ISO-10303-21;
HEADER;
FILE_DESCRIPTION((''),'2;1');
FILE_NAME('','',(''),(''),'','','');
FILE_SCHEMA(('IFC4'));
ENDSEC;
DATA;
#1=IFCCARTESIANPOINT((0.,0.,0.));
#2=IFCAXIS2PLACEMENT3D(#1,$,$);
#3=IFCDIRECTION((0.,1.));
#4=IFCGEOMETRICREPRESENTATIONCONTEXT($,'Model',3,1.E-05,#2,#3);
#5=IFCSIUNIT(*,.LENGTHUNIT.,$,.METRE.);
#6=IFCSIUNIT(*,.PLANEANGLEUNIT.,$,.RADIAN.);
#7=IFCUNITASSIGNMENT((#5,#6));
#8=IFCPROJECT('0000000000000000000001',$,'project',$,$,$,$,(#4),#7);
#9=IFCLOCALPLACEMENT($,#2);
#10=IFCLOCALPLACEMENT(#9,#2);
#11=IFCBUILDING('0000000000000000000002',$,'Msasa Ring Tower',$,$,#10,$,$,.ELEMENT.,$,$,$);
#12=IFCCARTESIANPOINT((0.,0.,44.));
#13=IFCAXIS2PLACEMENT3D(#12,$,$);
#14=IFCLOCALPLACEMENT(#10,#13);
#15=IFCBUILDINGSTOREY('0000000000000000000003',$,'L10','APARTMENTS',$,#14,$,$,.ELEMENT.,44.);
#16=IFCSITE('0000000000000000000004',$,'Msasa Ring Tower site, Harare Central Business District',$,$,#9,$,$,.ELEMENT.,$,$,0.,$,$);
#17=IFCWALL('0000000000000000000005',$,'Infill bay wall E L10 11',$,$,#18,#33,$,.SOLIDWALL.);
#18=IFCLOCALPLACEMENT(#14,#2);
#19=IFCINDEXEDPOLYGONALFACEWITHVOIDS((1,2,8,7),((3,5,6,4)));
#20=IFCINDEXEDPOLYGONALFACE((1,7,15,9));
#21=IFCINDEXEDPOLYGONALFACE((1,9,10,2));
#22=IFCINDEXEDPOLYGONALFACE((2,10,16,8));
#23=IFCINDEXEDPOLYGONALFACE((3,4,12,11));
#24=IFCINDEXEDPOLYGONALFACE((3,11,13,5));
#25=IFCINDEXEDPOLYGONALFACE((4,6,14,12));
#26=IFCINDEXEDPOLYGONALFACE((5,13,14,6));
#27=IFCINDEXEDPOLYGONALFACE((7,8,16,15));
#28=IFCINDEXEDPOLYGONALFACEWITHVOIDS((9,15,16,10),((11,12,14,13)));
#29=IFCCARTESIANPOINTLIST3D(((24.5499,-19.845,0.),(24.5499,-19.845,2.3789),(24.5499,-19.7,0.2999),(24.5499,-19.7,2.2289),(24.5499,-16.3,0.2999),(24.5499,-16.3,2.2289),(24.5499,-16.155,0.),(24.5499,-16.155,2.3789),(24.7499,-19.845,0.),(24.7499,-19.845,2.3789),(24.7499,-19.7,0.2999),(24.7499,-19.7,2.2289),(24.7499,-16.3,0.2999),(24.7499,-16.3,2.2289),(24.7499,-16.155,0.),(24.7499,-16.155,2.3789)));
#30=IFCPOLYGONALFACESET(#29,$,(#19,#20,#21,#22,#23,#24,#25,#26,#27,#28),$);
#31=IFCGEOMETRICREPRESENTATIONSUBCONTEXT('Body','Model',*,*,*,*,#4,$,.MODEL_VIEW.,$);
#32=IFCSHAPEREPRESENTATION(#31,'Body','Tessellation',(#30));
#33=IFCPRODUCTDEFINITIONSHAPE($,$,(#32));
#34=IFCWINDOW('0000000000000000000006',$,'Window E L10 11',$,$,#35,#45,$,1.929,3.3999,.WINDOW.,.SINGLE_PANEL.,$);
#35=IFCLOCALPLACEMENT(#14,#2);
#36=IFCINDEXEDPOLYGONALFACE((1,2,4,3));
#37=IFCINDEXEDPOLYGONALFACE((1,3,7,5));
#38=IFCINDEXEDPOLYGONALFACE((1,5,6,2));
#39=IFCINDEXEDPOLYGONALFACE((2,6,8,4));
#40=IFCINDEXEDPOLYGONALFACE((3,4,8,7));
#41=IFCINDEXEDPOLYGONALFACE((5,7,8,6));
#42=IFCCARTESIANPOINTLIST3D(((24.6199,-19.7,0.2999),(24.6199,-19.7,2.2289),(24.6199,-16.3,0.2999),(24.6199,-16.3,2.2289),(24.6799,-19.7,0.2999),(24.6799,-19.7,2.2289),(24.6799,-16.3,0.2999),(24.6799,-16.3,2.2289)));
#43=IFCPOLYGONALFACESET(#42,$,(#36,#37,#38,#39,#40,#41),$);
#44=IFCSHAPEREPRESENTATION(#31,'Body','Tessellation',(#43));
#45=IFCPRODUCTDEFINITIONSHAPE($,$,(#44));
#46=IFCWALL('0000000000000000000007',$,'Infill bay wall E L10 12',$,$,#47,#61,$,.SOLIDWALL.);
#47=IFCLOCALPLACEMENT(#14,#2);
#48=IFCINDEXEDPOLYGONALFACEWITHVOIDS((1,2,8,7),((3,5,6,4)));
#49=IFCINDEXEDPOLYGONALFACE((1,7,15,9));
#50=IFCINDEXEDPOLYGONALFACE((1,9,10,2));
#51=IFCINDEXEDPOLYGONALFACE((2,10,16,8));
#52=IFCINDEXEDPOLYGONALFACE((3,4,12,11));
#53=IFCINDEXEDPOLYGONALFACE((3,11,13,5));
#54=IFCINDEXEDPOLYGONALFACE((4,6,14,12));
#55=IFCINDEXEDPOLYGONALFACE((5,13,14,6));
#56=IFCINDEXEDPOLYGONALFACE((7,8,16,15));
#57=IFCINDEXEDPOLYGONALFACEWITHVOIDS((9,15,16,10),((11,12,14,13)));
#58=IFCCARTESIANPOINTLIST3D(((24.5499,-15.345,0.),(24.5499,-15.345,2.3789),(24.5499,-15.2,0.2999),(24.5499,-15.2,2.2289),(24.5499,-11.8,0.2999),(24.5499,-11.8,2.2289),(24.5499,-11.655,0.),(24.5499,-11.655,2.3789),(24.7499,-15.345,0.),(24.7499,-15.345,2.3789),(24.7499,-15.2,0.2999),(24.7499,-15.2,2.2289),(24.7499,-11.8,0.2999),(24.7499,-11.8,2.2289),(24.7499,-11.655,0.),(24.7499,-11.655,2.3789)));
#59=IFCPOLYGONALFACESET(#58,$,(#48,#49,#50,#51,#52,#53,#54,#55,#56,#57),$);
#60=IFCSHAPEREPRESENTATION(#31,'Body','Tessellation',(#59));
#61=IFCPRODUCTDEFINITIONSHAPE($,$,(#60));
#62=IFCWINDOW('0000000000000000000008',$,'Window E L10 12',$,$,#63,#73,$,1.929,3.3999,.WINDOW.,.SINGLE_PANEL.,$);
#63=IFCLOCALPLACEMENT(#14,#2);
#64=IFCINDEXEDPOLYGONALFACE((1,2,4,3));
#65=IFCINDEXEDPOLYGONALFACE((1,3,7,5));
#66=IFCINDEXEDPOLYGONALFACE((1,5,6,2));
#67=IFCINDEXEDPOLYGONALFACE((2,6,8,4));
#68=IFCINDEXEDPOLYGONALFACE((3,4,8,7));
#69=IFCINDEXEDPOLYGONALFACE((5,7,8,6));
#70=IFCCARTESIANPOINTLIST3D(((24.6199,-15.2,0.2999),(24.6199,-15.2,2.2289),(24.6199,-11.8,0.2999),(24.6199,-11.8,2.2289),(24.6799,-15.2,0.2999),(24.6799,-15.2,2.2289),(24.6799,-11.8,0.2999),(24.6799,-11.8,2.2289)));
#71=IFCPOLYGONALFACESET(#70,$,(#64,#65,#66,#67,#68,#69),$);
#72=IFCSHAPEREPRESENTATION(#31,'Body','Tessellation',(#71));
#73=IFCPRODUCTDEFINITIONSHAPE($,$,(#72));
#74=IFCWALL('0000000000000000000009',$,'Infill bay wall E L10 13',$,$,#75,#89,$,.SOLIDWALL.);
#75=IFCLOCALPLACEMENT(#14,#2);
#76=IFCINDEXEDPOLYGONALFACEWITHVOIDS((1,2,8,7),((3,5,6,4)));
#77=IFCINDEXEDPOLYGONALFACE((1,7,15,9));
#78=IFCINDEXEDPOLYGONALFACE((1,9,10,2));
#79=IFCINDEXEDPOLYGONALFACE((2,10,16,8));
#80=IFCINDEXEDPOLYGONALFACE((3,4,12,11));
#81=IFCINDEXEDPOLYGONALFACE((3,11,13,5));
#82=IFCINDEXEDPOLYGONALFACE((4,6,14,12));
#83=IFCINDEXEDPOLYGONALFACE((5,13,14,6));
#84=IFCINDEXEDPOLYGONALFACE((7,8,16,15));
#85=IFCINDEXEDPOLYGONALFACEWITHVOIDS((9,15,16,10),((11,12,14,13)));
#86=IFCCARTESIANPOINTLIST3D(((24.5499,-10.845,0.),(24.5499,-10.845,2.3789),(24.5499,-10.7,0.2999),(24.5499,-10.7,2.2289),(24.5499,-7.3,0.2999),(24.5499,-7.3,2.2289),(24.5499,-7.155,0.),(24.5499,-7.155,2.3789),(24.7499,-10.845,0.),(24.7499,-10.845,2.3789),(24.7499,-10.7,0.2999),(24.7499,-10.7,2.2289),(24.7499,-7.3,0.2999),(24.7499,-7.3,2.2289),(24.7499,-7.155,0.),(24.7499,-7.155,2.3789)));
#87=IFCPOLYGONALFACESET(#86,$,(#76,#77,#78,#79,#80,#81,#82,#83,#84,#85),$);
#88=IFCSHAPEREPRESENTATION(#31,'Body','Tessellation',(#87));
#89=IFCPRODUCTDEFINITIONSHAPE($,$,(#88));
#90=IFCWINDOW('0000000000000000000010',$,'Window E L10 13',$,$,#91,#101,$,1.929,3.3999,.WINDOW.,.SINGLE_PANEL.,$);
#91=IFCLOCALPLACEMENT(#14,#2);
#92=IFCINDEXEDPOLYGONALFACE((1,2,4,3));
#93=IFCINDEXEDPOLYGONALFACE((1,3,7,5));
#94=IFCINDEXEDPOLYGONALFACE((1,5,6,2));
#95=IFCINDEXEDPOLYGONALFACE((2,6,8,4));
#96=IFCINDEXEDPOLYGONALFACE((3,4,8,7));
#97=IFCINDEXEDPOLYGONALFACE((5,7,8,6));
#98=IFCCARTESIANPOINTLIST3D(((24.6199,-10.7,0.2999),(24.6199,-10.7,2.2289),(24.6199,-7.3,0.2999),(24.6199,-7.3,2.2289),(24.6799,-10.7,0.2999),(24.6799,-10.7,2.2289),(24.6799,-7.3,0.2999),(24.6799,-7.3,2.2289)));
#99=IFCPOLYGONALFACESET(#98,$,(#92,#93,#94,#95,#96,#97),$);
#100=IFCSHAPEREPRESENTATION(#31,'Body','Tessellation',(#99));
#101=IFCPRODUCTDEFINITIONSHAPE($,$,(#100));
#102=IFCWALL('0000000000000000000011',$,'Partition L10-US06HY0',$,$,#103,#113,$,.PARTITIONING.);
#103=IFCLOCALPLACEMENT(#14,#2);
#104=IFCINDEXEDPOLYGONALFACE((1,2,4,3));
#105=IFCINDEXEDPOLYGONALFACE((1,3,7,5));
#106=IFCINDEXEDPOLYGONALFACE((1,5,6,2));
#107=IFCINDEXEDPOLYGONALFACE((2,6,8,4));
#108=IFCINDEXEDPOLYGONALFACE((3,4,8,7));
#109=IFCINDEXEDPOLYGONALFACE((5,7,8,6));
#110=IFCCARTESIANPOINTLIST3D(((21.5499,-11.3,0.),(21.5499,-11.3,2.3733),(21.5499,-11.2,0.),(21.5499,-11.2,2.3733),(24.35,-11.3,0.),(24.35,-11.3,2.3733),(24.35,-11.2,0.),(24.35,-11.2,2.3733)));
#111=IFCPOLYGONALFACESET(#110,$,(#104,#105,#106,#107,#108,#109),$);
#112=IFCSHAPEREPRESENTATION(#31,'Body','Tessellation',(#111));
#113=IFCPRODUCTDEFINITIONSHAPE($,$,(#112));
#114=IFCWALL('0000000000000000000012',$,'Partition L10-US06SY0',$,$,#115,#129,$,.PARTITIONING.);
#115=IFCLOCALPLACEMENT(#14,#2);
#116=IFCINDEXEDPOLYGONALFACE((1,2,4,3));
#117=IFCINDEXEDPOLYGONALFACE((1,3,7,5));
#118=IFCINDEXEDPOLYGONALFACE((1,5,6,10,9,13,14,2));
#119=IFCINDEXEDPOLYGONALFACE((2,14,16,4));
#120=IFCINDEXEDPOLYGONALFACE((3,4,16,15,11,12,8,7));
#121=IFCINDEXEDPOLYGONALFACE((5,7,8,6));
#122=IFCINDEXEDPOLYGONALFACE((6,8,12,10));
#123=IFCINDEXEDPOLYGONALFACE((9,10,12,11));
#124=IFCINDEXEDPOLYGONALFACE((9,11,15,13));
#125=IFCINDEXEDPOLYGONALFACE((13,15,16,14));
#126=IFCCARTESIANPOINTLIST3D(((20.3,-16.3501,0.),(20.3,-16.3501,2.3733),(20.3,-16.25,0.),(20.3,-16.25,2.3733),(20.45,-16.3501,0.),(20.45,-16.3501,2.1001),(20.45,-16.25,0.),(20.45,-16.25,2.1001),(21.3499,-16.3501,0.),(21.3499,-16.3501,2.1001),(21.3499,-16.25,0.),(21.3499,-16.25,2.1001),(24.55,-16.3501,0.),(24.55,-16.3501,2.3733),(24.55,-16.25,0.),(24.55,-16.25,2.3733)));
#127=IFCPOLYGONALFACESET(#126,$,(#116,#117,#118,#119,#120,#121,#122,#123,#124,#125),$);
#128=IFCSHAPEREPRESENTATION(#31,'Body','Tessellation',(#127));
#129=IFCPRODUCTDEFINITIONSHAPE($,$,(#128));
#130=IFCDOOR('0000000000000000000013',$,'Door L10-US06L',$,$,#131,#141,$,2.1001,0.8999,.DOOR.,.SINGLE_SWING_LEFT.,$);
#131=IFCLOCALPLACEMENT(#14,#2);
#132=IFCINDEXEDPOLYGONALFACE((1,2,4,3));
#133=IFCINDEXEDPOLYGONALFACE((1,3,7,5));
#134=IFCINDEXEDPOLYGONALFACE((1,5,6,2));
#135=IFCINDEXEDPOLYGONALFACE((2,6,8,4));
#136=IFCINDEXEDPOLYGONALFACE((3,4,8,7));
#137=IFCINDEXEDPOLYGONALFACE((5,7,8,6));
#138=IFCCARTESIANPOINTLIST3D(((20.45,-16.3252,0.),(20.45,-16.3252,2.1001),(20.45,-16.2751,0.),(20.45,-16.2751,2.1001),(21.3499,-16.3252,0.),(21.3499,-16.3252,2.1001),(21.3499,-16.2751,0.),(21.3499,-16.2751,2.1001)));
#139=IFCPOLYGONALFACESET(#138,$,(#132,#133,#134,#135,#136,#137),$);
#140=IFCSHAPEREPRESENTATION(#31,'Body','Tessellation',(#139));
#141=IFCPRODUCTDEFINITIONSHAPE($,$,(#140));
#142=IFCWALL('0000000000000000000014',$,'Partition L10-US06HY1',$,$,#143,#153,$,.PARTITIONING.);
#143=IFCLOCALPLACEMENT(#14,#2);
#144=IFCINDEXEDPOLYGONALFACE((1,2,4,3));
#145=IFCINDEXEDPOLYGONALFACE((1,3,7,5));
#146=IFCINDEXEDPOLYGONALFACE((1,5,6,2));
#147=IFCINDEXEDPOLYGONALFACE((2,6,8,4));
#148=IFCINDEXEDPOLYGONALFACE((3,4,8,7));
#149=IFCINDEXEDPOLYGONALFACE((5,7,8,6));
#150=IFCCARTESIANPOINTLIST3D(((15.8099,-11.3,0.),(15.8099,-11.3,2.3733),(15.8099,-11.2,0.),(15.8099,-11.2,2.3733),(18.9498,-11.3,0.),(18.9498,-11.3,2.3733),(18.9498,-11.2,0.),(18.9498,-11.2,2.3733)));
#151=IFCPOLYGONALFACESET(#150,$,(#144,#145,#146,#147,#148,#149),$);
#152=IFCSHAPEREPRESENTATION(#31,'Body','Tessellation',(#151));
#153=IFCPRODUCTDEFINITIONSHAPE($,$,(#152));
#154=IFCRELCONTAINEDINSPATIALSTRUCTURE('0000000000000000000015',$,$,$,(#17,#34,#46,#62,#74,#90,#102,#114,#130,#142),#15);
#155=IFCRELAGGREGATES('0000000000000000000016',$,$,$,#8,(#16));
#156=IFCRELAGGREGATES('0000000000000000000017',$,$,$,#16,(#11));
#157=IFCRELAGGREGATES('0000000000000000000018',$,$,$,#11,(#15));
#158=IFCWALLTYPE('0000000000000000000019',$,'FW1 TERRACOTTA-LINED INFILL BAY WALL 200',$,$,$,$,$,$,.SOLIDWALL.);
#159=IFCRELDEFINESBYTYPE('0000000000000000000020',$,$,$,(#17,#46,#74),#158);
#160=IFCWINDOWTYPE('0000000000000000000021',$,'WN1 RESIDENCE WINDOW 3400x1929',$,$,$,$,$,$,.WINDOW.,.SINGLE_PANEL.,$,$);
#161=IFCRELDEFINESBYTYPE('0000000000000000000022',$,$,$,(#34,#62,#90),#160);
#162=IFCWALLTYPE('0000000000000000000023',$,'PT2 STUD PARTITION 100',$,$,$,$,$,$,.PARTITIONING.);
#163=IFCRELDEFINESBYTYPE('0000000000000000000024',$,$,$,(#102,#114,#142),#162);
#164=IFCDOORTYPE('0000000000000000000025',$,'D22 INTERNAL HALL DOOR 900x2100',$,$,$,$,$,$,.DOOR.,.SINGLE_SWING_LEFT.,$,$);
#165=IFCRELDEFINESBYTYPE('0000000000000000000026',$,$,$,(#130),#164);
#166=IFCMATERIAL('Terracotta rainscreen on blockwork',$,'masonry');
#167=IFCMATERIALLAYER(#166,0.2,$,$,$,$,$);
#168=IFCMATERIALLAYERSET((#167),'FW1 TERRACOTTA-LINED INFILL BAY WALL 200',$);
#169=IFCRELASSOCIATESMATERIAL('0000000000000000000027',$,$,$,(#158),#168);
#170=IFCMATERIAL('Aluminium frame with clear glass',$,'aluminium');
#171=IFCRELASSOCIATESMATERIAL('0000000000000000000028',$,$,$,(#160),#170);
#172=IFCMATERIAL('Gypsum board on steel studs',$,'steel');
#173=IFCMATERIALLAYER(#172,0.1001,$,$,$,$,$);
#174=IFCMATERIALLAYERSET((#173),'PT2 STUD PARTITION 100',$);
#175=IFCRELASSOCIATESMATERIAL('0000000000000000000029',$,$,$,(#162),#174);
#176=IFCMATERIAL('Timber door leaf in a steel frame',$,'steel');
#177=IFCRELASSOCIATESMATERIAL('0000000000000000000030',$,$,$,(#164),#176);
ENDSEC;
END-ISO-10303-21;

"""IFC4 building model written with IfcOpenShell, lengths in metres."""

from ifc_helpers import new_model, si_unit, direction, frame, frame_2d, origin, place, context, subcontext, project, spatial, rectangle, extrude, material, layer, layer_set, type_object, element, fill, save


model = new_model("IFC4")

# Units and contexts
model_context = context("Model", 3, precision=1e-05, world=origin(), true_north=direction((0.0, 1.0)))
body_context = subcontext(model_context, "Body", "Model", "MODEL_VIEW")
ifc_project = project(units=[si_unit("LENGTHUNIT", "METRE"), si_unit("PLANEANGLEUNIT", "RADIAN")], contexts=[model_context])

# Site, building, storey
site_placement = place(None, origin())
site = spatial("IfcSite", under=ifc_project, at=site_placement, Name="Msasa Ring Tower site, Harare Central Business District", CompositionType="ELEMENT", RefElevation=0.0)
building_placement = place(site_placement, origin())
building = spatial("IfcBuilding", under=site, at=building_placement, Name="Msasa Ring Tower", CompositionType="ELEMENT")
storey_placement = place(building_placement, frame((0.0, 0.0, 44.0)))
storey = spatial("IfcBuildingStorey", under=building, at=storey_placement, Name="L10", Description="APARTMENTS", CompositionType="ELEMENT", Elevation=44.0)

# Walls, openings, windows
ifc_material_1 = material(Name="Terracotta rainscreen on blockwork", Category="masonry")
ifc_layer_1 = layer(ifc_material_1, 0.2)
ifc_layer_set_1 = layer_set([ifc_layer_1], Name="FW1 TERRACOTTA-LINED INFILL BAY WALL 200")
wall_type_1 = type_object("IfcWallType", Name="FW1 TERRACOTTA-LINED INFILL BAY WALL 200", PredefinedType="SOLIDWALL", material=ifc_layer_set_1)
wall_1_placement = place(storey_placement, frame((24.6499, -19.845, 0.0), z_axis=(0.0, 0.0, 1.0), x_axis=(0.0, 1.0, 0.0)))
wall_1 = element("IfcWall", 1, at=wall_1_placement, inside=storey, type_object=wall_type_1, Name="Infill bay wall E L10 11", PredefinedType="SOLIDWALL", context=body_context, shape_type="SweptSolid", body=[
    extrude(rectangle(XDim=3.6899, YDim=0.2, at=frame_2d((1.845, 0.0))), origin(), (0.0, 0.0, 1.0), 2.3789),
])
opening_1_placement = place(wall_1_placement, frame((0.145, 0.0, 0.3)))
opening_1 = element("IfcOpeningElement", 2, at=opening_1_placement, cuts=wall_1, PredefinedType="OPENING", context=body_context, shape_type="SweptSolid", body=[
    extrude(rectangle(XDim=3.3999, YDim=1.929, at=frame_2d((1.7, 0.9644))), frame((0.0, 0.1099, 0.0), z_axis=(0.0, -1.0, 0.0), x_axis=(1.0, 0.0, 0.0)), (0.0, 0.0, 1.0), 0.22),
])
ifc_material_2 = material(Name="Aluminium frame with clear glass", Category="aluminium")
window_type = type_object("IfcWindowType", Name="WN1 RESIDENCE WINDOW 3400x1929", PartitioningType="SINGLE_PANEL", PredefinedType="WINDOW", material=ifc_material_2)
window_1_placement = place(opening_1_placement, origin())
window_1 = element("IfcWindow", 3, at=window_1_placement, inside=storey, type_object=window_type, Name="Window E L10 11", OverallHeight=1.929, OverallWidth=3.3999, PartitioningType="SINGLE_PANEL", PredefinedType="WINDOW", context=body_context, shape_type="SweptSolid", body=[
    extrude(rectangle(XDim=3.3999, YDim=1.929, at=frame_2d((1.7, 0.9644))), frame((0.0, 0.03, 0.0), z_axis=(0.0, -1.0, 0.0), x_axis=(1.0, 0.0, 0.0)), (0.0, 0.0, 1.0), 0.0601),
])
fill(opening_1, window_1)
wall_2_placement = place(storey_placement, frame((24.6499, -15.345, 0.0), z_axis=(0.0, 0.0, 1.0), x_axis=(0.0, 1.0, 0.0)))
wall_2 = element("IfcWall", 4, at=wall_2_placement, inside=storey, type_object=wall_type_1, Name="Infill bay wall E L10 12", PredefinedType="SOLIDWALL", context=body_context, shape_type="SweptSolid", body=[
    extrude(rectangle(XDim=3.6899, YDim=0.2, at=frame_2d((1.845, 0.0))), origin(), (0.0, 0.0, 1.0), 2.3789),
])
opening_2_placement = place(wall_2_placement, frame((0.145, 0.0, 0.3)))
opening_2 = element("IfcOpeningElement", 5, at=opening_2_placement, cuts=wall_2, PredefinedType="OPENING", context=body_context, shape_type="SweptSolid", body=[
    extrude(rectangle(XDim=3.3999, YDim=1.929, at=frame_2d((1.7, 0.9644))), frame((0.0, 0.1099, 0.0), z_axis=(0.0, -1.0, 0.0), x_axis=(1.0, 0.0, 0.0)), (0.0, 0.0, 1.0), 0.22),
])
window_2_placement = place(opening_2_placement, origin())
window_2 = element("IfcWindow", 6, at=window_2_placement, inside=storey, type_object=window_type, Name="Window E L10 12", OverallHeight=1.929, OverallWidth=3.3999, PartitioningType="SINGLE_PANEL", PredefinedType="WINDOW", context=body_context, shape_type="SweptSolid", body=[
    extrude(rectangle(XDim=3.3999, YDim=1.929, at=frame_2d((1.7, 0.9644))), frame((0.0, 0.03, 0.0), z_axis=(0.0, -1.0, 0.0), x_axis=(1.0, 0.0, 0.0)), (0.0, 0.0, 1.0), 0.0601),
])
fill(opening_2, window_2)
wall_3_placement = place(storey_placement, frame((24.6499, -10.845, 0.0), z_axis=(0.0, 0.0, 1.0), x_axis=(0.0, 1.0, 0.0)))
wall_3 = element("IfcWall", 7, at=wall_3_placement, inside=storey, type_object=wall_type_1, Name="Infill bay wall E L10 13", PredefinedType="SOLIDWALL", context=body_context, shape_type="SweptSolid", body=[
    extrude(rectangle(XDim=3.6899, YDim=0.2, at=frame_2d((1.845, 0.0))), origin(), (0.0, 0.0, 1.0), 2.3789),
])
opening_3_placement = place(wall_3_placement, frame((0.145, 0.0, 0.3)))
opening_3 = element("IfcOpeningElement", 8, at=opening_3_placement, cuts=wall_3, PredefinedType="OPENING", context=body_context, shape_type="SweptSolid", body=[
    extrude(rectangle(XDim=3.3999, YDim=1.929, at=frame_2d((1.7, 0.9644))), frame((0.0, 0.1099, 0.0), z_axis=(0.0, -1.0, 0.0), x_axis=(1.0, 0.0, 0.0)), (0.0, 0.0, 1.0), 0.22),
])
window_3_placement = place(opening_3_placement, origin())
window_3 = element("IfcWindow", 9, at=window_3_placement, inside=storey, type_object=window_type, Name="Window E L10 13", OverallHeight=1.929, OverallWidth=3.3999, PartitioningType="SINGLE_PANEL", PredefinedType="WINDOW", context=body_context, shape_type="SweptSolid", body=[
    extrude(rectangle(XDim=3.3999, YDim=1.929, at=frame_2d((1.7, 0.9644))), frame((0.0, 0.03, 0.0), z_axis=(0.0, -1.0, 0.0), x_axis=(1.0, 0.0, 0.0)), (0.0, 0.0, 1.0), 0.0601),
])
fill(opening_3, window_3)

# Wall
ifc_material_3 = material(Name="Gypsum board on steel studs", Category="steel")
ifc_layer_2 = layer(ifc_material_3, 0.1001)
ifc_layer_set_2 = layer_set([ifc_layer_2], Name="PT2 STUD PARTITION 100")
wall_type_2 = type_object("IfcWallType", Name="PT2 STUD PARTITION 100", PredefinedType="PARTITIONING", material=ifc_layer_set_2)
wall_4_placement = place(storey_placement, frame((21.55, -11.25, 0.0), z_axis=(0.0, 0.0, 1.0), x_axis=(1.0, 0.0, 0.0)))
element("IfcWall", 10, at=wall_4_placement, inside=storey, type_object=wall_type_2, Name="Partition L10-US06HY0", PredefinedType="PARTITIONING", context=body_context, shape_type="SweptSolid", body=[
    extrude(rectangle(XDim=2.8, YDim=0.1001, at=frame_2d((1.3999, 0.0))), origin(), (0.0, 0.0, 1.0), 2.3733),
])

# Wall, opening, door
wall_5_placement = place(storey_placement, frame((20.3, -16.3, 0.0), z_axis=(0.0, 0.0, 1.0), x_axis=(1.0, 0.0, 0.0)))
wall_5 = element("IfcWall", 11, at=wall_5_placement, inside=storey, type_object=wall_type_2, Name="Partition L10-US06SY0", PredefinedType="PARTITIONING", context=body_context, shape_type="SweptSolid", body=[
    extrude(rectangle(XDim=4.25, YDim=0.1001, at=frame_2d((2.125, 0.0))), origin(), (0.0, 0.0, 1.0), 2.3733),
])
opening_4_placement = place(wall_5_placement, frame((0.1499, 0.0, 0.0)))
opening_4 = element("IfcOpeningElement", 12, at=opening_4_placement, cuts=wall_5, PredefinedType="OPENING", context=body_context, shape_type="SweptSolid", body=[
    extrude(rectangle(XDim=0.8999, YDim=2.1001, at=frame_2d((0.45, 1.05))), frame((0.0, 0.0601, 0.0), z_axis=(0.0, -1.0, 0.0), x_axis=(1.0, 0.0, 0.0)), (0.0, 0.0, 1.0), 0.1201),
])
ifc_material_4 = material(Name="Timber door leaf in a steel frame", Category="steel")
door_type_1 = type_object("IfcDoorType", Name="D22 INTERNAL HALL DOOR 900x2100", OperationType="SINGLE_SWING_LEFT", PredefinedType="DOOR", material=ifc_material_4)
door_1_placement = place(opening_4_placement, origin())
door_1 = element("IfcDoor", 13, at=door_1_placement, inside=storey, type_object=door_type_1, Name="Door L10-US06L", OperationType="SINGLE_SWING_LEFT", OverallHeight=2.1001, OverallWidth=0.8999, PredefinedType="DOOR", context=body_context, shape_type="SweptSolid", body=[
    extrude(rectangle(XDim=0.8999, YDim=2.1001, at=frame_2d((0.45, 1.05))), frame((0.0, 0.0249, 0.0), z_axis=(0.0, -1.0, 0.0), x_axis=(1.0, 0.0, 0.0)), (0.0, 0.0, 1.0), 0.05),
])
fill(opening_4, door_1)

# Wall
wall_6_placement = place(storey_placement, frame((15.8101, -11.25, 0.0), z_axis=(0.0, 0.0, 1.0), x_axis=(1.0, 0.0, 0.0)))
element("IfcWall", 14, at=wall_6_placement, inside=storey, type_object=wall_type_2, Name="Partition L10-US06HY1", PredefinedType="PARTITIONING", context=body_context, shape_type="SweptSolid", body=[
    extrude(rectangle(XDim=3.1399, YDim=0.1001, at=frame_2d((1.5698, 0.0))), origin(), (0.0, 0.0, 1.0), 2.3733),
])

save(model, "model.ifc")
